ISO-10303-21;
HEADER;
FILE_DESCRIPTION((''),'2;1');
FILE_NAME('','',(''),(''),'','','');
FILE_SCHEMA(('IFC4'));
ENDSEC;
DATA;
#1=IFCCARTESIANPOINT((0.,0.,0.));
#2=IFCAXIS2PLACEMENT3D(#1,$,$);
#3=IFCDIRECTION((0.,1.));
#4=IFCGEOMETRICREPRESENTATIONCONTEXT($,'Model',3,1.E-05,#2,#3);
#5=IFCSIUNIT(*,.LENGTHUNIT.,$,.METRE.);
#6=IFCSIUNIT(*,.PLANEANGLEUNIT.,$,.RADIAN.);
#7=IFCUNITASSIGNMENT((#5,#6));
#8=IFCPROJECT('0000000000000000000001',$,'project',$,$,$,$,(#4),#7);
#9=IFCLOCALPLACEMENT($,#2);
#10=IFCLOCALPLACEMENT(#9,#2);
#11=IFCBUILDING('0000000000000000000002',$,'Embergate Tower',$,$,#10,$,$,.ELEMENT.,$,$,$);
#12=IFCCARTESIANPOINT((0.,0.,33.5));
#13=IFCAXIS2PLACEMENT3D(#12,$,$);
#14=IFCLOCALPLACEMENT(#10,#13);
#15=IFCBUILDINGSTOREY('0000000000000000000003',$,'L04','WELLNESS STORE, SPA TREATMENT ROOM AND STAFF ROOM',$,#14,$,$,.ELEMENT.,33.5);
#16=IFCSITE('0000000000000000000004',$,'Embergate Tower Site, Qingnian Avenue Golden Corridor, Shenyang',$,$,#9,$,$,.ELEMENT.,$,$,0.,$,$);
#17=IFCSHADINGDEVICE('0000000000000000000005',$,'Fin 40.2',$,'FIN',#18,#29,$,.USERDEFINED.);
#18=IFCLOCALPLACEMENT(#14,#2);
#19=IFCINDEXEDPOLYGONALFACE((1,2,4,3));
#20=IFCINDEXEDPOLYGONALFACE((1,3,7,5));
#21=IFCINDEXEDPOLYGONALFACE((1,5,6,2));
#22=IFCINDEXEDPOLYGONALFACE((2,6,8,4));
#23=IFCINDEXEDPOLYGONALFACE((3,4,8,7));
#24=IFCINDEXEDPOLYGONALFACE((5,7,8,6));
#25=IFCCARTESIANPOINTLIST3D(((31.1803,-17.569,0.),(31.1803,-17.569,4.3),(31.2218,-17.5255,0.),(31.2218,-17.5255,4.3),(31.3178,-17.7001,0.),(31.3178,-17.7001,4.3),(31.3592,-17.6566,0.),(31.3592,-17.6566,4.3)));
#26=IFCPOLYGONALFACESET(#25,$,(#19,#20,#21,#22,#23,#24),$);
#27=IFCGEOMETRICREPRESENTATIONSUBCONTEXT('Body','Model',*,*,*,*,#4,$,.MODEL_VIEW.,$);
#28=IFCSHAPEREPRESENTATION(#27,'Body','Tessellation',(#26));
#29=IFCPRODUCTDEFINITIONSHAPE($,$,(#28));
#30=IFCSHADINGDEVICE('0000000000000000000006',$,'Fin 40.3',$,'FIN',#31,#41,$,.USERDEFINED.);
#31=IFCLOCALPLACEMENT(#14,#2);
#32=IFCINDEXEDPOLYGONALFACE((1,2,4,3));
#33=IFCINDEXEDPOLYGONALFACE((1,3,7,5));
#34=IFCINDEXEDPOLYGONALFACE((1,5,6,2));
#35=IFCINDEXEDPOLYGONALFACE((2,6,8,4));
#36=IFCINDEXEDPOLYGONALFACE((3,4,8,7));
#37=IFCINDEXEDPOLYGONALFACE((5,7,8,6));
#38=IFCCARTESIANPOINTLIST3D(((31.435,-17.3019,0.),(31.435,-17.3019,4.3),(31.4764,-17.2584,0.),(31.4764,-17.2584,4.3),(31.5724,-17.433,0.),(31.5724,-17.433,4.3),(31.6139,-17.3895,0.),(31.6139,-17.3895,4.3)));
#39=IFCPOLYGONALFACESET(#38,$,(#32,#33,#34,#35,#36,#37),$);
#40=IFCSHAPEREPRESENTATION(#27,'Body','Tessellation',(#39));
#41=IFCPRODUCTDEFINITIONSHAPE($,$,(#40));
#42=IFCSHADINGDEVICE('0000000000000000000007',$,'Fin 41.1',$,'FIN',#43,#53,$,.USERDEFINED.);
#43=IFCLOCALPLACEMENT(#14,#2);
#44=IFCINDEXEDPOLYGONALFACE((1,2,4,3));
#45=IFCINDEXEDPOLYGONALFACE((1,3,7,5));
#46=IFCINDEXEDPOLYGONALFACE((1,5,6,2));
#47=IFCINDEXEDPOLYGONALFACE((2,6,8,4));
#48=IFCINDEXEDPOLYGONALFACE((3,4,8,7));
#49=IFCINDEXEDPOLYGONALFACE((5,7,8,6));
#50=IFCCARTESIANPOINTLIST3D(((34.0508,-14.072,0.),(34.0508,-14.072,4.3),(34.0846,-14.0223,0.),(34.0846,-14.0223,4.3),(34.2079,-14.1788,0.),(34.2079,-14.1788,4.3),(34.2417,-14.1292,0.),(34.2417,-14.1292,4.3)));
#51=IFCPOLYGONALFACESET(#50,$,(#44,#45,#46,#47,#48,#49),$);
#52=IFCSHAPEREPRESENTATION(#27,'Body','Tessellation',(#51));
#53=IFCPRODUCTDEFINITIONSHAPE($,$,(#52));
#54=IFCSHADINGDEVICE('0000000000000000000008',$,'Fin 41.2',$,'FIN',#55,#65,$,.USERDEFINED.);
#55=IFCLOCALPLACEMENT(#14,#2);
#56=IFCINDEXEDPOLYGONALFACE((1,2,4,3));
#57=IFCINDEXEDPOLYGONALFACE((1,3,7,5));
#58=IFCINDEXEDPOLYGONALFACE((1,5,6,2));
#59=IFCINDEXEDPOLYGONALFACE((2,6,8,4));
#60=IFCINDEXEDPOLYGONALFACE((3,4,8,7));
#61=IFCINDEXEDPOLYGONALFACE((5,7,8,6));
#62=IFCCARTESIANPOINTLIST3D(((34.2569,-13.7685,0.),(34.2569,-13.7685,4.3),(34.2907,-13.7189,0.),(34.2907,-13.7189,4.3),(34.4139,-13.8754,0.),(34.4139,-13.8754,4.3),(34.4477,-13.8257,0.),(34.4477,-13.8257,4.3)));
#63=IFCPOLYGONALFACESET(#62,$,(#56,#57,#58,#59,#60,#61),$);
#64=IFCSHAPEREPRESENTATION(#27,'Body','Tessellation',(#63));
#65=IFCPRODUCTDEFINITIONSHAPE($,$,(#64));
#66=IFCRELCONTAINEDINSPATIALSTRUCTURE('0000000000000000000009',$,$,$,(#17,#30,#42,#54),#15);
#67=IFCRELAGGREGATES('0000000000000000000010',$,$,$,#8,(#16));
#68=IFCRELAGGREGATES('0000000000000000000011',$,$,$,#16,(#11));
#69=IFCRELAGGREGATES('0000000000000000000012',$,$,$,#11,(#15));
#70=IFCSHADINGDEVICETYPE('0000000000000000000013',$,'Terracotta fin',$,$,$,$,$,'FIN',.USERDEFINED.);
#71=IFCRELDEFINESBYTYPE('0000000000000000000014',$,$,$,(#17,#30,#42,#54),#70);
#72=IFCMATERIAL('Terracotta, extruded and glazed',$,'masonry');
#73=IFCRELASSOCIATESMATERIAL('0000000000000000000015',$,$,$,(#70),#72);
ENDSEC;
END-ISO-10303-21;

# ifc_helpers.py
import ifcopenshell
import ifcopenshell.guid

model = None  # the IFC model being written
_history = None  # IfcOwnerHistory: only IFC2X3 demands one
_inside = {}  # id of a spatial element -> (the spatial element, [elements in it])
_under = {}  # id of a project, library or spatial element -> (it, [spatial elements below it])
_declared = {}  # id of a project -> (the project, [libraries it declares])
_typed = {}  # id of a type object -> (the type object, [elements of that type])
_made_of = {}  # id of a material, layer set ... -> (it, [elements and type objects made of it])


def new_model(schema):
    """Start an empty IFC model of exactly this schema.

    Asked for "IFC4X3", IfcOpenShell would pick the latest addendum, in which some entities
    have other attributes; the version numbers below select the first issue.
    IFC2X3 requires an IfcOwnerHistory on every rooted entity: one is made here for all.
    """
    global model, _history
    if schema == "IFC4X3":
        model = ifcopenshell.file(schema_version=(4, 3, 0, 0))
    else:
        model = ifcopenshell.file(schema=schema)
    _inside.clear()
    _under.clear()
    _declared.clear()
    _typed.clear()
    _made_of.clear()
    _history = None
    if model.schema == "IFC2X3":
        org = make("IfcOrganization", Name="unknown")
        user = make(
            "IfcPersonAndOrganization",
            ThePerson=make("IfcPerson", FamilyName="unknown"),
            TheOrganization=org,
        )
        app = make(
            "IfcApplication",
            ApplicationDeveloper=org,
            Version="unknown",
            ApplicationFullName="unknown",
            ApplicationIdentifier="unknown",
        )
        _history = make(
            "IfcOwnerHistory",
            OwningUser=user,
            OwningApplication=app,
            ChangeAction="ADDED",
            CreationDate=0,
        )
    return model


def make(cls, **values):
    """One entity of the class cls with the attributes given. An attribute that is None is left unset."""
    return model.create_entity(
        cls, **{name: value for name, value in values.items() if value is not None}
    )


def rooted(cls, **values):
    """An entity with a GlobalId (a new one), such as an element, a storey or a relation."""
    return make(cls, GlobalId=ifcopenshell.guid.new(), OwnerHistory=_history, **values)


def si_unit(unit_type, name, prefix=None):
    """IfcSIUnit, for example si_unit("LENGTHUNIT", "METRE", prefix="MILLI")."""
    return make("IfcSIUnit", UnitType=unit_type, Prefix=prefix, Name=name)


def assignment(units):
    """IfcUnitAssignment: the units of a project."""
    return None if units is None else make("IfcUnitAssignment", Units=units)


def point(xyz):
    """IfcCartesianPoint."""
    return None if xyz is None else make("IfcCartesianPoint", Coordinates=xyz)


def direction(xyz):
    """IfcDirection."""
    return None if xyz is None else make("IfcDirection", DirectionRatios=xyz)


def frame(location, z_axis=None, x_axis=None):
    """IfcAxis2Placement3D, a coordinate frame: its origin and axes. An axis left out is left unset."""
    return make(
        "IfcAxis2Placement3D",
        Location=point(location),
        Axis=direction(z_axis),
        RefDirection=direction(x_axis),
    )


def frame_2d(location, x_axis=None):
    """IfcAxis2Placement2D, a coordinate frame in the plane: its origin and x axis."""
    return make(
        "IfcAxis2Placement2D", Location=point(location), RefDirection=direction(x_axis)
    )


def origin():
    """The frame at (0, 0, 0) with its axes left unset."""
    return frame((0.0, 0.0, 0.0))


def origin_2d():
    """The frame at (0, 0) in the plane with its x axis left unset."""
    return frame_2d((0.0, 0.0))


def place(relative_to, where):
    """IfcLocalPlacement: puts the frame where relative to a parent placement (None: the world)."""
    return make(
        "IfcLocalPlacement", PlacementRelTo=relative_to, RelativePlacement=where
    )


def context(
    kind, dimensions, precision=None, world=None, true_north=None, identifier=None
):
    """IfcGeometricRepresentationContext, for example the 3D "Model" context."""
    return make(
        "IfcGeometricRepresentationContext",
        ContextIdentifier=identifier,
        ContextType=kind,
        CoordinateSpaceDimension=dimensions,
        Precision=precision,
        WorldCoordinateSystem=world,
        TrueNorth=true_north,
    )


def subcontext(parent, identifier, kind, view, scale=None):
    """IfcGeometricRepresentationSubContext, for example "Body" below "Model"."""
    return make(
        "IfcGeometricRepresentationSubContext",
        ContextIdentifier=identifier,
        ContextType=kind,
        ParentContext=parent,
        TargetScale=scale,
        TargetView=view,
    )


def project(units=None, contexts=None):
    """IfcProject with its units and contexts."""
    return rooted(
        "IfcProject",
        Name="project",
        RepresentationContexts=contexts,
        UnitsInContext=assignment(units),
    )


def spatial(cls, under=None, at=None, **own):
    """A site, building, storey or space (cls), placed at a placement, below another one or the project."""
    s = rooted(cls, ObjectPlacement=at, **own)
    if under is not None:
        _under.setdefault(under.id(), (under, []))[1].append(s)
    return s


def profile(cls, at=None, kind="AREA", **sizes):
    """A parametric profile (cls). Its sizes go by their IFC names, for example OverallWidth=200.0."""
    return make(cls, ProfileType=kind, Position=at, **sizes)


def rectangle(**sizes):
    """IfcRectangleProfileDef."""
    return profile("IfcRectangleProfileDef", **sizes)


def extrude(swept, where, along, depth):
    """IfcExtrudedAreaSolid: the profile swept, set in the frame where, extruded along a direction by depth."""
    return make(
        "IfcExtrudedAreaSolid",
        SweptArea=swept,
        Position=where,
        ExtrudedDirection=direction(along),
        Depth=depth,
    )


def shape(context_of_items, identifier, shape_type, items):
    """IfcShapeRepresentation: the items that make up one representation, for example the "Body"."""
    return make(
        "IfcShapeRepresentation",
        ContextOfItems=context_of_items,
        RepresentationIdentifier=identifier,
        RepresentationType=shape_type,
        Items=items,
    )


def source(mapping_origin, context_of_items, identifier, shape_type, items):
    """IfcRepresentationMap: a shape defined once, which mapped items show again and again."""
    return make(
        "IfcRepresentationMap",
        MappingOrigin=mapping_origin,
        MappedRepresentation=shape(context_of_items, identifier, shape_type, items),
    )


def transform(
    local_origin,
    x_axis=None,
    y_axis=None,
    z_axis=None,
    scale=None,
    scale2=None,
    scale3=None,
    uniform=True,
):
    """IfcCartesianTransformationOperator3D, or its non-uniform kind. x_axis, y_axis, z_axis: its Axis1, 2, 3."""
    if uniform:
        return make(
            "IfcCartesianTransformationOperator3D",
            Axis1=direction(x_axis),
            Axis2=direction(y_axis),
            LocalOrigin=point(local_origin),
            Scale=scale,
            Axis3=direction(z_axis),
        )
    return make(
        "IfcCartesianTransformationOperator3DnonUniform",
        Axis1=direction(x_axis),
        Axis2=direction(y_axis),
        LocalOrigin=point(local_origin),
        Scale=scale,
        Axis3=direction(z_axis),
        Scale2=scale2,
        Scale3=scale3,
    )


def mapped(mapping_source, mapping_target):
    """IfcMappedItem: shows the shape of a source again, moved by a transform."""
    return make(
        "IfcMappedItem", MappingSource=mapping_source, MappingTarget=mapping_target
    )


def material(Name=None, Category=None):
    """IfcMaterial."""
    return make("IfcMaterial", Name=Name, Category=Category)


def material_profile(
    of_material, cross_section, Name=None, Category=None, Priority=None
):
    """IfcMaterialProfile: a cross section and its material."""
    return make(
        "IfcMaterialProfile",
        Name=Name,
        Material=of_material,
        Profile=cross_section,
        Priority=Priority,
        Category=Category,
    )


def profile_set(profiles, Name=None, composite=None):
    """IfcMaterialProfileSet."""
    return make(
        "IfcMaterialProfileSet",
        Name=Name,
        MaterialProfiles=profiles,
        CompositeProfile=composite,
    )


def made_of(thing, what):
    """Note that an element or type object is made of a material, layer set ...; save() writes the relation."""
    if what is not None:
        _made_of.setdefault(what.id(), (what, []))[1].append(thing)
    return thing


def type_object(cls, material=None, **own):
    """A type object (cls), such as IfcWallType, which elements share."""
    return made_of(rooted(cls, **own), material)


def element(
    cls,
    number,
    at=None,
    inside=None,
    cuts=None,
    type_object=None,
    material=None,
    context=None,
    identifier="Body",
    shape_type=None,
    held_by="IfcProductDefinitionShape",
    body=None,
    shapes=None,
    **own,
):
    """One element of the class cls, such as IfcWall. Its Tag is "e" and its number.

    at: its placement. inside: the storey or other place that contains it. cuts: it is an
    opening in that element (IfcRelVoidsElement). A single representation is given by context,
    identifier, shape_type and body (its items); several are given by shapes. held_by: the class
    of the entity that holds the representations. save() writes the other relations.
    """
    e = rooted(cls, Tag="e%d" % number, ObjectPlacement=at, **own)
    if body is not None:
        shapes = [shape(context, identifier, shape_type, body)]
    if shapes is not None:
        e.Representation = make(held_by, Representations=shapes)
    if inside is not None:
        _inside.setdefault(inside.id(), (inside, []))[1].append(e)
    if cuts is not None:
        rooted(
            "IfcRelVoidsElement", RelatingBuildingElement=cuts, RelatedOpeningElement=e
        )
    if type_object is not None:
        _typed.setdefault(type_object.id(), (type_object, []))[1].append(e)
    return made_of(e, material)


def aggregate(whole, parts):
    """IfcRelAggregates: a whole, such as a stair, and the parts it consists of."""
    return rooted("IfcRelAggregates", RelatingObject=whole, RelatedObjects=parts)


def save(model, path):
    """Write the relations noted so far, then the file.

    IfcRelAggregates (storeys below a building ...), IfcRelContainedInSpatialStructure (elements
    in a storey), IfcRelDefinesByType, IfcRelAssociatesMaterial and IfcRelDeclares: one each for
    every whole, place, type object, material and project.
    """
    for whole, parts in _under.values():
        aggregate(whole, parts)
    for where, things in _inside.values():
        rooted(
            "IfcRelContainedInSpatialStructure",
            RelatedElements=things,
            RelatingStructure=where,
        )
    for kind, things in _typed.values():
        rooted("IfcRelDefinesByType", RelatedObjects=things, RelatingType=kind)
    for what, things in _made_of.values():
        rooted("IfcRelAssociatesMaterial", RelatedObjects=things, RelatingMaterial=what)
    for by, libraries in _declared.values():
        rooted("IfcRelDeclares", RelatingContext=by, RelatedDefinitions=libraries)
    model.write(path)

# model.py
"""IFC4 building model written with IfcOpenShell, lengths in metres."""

from ifc_helpers import new_model, si_unit, direction, frame, origin, origin_2d, place, context, subcontext, project, spatial, rectangle, extrude, source, transform, mapped, material, material_profile, profile_set, type_object, element, save


model = new_model("IFC4")

# Units and contexts
model_context = context("Model", 3, precision=1e-05, world=origin(), true_north=direction((0.0, 1.0)))
body_context = subcontext(model_context, "Body", "Model", "MODEL_VIEW")
ifc_project = project(units=[si_unit("LENGTHUNIT", "METRE"), si_unit("PLANEANGLEUNIT", "RADIAN")], contexts=[model_context])

# Site, building, storey
site_placement = place(None, origin())
site = spatial("IfcSite", under=ifc_project, at=site_placement, Name="Embergate Tower Site, Qingnian Avenue Golden Corridor, Shenyang", CompositionType="ELEMENT", RefElevation=0.0)
building_placement = place(site_placement, origin())
building = spatial("IfcBuilding", under=site, at=building_placement, Name="Embergate Tower", CompositionType="ELEMENT")
storey_placement = place(building_placement, frame((0.0, 0.0, 33.5)))
storey = spatial("IfcBuildingStorey", under=building, at=storey_placement, Name="L04", Description="WELLNESS STORE, SPA TREATMENT ROOM AND STAFF ROOM", CompositionType="ELEMENT", Elevation=33.5)

# Shading devices
ifc_material_1 = material(Name="Terracotta, extruded and glazed", Category="masonry")
ifc_material_profile_1 = material_profile(ifc_material_1, rectangle(XDim=0.1899, YDim=0.0601, at=origin_2d()), Name="TC 190x60")
ifc_profile_set_1 = profile_set([ifc_material_profile_1], Name="Terracotta, extruded and glazed")
shading_device_type = type_object("IfcShadingDeviceType", Name="Terracotta fin", ElementType="FIN", PredefinedType="USERDEFINED", material=ifc_profile_set_1)
shared_shape_1 = source(origin(), body_context, "Body", "SweptSolid", [
    extrude(rectangle(XDim=0.1899, YDim=0.0601, at=origin_2d()), origin(), (0.0, 0.0, 1.0), 4.3),
])
for number, where, z_axis, x_axis, name in (
    (1, (31.2698, -17.6128, 0.0), (0.0, 0.0, 1.0), (-0.723678, 0.690138, 0.0), "Fin 40.2"),
    (2, (31.5244, -17.3457, 0.0), (0.0, 0.0, 1.0), (-0.723678, 0.690138, 0.0), "Fin 40.3"),
    (3, (34.1462, -14.1006, 0.0), (0.0, 0.0, 1.0), (-0.826902, 0.562346, 0.0), "Fin 41.1"),
    (4, (34.3523, -13.7971, 0.0), (0.0, 0.0, 1.0), (-0.826902, 0.562346, 0.0), "Fin 41.2"),
):
    element("IfcShadingDevice", number, at=place(storey_placement, frame(where, z_axis=z_axis, x_axis=x_axis)), inside=storey, type_object=shading_device_type, Name=name, ObjectType="FIN", PredefinedType="USERDEFINED", context=body_context, shape_type="MappedRepresentation", body=[
        mapped(shared_shape_1, transform((0.0, 0.0, 0.0))),
    ])

save(model, "model.ifc")
